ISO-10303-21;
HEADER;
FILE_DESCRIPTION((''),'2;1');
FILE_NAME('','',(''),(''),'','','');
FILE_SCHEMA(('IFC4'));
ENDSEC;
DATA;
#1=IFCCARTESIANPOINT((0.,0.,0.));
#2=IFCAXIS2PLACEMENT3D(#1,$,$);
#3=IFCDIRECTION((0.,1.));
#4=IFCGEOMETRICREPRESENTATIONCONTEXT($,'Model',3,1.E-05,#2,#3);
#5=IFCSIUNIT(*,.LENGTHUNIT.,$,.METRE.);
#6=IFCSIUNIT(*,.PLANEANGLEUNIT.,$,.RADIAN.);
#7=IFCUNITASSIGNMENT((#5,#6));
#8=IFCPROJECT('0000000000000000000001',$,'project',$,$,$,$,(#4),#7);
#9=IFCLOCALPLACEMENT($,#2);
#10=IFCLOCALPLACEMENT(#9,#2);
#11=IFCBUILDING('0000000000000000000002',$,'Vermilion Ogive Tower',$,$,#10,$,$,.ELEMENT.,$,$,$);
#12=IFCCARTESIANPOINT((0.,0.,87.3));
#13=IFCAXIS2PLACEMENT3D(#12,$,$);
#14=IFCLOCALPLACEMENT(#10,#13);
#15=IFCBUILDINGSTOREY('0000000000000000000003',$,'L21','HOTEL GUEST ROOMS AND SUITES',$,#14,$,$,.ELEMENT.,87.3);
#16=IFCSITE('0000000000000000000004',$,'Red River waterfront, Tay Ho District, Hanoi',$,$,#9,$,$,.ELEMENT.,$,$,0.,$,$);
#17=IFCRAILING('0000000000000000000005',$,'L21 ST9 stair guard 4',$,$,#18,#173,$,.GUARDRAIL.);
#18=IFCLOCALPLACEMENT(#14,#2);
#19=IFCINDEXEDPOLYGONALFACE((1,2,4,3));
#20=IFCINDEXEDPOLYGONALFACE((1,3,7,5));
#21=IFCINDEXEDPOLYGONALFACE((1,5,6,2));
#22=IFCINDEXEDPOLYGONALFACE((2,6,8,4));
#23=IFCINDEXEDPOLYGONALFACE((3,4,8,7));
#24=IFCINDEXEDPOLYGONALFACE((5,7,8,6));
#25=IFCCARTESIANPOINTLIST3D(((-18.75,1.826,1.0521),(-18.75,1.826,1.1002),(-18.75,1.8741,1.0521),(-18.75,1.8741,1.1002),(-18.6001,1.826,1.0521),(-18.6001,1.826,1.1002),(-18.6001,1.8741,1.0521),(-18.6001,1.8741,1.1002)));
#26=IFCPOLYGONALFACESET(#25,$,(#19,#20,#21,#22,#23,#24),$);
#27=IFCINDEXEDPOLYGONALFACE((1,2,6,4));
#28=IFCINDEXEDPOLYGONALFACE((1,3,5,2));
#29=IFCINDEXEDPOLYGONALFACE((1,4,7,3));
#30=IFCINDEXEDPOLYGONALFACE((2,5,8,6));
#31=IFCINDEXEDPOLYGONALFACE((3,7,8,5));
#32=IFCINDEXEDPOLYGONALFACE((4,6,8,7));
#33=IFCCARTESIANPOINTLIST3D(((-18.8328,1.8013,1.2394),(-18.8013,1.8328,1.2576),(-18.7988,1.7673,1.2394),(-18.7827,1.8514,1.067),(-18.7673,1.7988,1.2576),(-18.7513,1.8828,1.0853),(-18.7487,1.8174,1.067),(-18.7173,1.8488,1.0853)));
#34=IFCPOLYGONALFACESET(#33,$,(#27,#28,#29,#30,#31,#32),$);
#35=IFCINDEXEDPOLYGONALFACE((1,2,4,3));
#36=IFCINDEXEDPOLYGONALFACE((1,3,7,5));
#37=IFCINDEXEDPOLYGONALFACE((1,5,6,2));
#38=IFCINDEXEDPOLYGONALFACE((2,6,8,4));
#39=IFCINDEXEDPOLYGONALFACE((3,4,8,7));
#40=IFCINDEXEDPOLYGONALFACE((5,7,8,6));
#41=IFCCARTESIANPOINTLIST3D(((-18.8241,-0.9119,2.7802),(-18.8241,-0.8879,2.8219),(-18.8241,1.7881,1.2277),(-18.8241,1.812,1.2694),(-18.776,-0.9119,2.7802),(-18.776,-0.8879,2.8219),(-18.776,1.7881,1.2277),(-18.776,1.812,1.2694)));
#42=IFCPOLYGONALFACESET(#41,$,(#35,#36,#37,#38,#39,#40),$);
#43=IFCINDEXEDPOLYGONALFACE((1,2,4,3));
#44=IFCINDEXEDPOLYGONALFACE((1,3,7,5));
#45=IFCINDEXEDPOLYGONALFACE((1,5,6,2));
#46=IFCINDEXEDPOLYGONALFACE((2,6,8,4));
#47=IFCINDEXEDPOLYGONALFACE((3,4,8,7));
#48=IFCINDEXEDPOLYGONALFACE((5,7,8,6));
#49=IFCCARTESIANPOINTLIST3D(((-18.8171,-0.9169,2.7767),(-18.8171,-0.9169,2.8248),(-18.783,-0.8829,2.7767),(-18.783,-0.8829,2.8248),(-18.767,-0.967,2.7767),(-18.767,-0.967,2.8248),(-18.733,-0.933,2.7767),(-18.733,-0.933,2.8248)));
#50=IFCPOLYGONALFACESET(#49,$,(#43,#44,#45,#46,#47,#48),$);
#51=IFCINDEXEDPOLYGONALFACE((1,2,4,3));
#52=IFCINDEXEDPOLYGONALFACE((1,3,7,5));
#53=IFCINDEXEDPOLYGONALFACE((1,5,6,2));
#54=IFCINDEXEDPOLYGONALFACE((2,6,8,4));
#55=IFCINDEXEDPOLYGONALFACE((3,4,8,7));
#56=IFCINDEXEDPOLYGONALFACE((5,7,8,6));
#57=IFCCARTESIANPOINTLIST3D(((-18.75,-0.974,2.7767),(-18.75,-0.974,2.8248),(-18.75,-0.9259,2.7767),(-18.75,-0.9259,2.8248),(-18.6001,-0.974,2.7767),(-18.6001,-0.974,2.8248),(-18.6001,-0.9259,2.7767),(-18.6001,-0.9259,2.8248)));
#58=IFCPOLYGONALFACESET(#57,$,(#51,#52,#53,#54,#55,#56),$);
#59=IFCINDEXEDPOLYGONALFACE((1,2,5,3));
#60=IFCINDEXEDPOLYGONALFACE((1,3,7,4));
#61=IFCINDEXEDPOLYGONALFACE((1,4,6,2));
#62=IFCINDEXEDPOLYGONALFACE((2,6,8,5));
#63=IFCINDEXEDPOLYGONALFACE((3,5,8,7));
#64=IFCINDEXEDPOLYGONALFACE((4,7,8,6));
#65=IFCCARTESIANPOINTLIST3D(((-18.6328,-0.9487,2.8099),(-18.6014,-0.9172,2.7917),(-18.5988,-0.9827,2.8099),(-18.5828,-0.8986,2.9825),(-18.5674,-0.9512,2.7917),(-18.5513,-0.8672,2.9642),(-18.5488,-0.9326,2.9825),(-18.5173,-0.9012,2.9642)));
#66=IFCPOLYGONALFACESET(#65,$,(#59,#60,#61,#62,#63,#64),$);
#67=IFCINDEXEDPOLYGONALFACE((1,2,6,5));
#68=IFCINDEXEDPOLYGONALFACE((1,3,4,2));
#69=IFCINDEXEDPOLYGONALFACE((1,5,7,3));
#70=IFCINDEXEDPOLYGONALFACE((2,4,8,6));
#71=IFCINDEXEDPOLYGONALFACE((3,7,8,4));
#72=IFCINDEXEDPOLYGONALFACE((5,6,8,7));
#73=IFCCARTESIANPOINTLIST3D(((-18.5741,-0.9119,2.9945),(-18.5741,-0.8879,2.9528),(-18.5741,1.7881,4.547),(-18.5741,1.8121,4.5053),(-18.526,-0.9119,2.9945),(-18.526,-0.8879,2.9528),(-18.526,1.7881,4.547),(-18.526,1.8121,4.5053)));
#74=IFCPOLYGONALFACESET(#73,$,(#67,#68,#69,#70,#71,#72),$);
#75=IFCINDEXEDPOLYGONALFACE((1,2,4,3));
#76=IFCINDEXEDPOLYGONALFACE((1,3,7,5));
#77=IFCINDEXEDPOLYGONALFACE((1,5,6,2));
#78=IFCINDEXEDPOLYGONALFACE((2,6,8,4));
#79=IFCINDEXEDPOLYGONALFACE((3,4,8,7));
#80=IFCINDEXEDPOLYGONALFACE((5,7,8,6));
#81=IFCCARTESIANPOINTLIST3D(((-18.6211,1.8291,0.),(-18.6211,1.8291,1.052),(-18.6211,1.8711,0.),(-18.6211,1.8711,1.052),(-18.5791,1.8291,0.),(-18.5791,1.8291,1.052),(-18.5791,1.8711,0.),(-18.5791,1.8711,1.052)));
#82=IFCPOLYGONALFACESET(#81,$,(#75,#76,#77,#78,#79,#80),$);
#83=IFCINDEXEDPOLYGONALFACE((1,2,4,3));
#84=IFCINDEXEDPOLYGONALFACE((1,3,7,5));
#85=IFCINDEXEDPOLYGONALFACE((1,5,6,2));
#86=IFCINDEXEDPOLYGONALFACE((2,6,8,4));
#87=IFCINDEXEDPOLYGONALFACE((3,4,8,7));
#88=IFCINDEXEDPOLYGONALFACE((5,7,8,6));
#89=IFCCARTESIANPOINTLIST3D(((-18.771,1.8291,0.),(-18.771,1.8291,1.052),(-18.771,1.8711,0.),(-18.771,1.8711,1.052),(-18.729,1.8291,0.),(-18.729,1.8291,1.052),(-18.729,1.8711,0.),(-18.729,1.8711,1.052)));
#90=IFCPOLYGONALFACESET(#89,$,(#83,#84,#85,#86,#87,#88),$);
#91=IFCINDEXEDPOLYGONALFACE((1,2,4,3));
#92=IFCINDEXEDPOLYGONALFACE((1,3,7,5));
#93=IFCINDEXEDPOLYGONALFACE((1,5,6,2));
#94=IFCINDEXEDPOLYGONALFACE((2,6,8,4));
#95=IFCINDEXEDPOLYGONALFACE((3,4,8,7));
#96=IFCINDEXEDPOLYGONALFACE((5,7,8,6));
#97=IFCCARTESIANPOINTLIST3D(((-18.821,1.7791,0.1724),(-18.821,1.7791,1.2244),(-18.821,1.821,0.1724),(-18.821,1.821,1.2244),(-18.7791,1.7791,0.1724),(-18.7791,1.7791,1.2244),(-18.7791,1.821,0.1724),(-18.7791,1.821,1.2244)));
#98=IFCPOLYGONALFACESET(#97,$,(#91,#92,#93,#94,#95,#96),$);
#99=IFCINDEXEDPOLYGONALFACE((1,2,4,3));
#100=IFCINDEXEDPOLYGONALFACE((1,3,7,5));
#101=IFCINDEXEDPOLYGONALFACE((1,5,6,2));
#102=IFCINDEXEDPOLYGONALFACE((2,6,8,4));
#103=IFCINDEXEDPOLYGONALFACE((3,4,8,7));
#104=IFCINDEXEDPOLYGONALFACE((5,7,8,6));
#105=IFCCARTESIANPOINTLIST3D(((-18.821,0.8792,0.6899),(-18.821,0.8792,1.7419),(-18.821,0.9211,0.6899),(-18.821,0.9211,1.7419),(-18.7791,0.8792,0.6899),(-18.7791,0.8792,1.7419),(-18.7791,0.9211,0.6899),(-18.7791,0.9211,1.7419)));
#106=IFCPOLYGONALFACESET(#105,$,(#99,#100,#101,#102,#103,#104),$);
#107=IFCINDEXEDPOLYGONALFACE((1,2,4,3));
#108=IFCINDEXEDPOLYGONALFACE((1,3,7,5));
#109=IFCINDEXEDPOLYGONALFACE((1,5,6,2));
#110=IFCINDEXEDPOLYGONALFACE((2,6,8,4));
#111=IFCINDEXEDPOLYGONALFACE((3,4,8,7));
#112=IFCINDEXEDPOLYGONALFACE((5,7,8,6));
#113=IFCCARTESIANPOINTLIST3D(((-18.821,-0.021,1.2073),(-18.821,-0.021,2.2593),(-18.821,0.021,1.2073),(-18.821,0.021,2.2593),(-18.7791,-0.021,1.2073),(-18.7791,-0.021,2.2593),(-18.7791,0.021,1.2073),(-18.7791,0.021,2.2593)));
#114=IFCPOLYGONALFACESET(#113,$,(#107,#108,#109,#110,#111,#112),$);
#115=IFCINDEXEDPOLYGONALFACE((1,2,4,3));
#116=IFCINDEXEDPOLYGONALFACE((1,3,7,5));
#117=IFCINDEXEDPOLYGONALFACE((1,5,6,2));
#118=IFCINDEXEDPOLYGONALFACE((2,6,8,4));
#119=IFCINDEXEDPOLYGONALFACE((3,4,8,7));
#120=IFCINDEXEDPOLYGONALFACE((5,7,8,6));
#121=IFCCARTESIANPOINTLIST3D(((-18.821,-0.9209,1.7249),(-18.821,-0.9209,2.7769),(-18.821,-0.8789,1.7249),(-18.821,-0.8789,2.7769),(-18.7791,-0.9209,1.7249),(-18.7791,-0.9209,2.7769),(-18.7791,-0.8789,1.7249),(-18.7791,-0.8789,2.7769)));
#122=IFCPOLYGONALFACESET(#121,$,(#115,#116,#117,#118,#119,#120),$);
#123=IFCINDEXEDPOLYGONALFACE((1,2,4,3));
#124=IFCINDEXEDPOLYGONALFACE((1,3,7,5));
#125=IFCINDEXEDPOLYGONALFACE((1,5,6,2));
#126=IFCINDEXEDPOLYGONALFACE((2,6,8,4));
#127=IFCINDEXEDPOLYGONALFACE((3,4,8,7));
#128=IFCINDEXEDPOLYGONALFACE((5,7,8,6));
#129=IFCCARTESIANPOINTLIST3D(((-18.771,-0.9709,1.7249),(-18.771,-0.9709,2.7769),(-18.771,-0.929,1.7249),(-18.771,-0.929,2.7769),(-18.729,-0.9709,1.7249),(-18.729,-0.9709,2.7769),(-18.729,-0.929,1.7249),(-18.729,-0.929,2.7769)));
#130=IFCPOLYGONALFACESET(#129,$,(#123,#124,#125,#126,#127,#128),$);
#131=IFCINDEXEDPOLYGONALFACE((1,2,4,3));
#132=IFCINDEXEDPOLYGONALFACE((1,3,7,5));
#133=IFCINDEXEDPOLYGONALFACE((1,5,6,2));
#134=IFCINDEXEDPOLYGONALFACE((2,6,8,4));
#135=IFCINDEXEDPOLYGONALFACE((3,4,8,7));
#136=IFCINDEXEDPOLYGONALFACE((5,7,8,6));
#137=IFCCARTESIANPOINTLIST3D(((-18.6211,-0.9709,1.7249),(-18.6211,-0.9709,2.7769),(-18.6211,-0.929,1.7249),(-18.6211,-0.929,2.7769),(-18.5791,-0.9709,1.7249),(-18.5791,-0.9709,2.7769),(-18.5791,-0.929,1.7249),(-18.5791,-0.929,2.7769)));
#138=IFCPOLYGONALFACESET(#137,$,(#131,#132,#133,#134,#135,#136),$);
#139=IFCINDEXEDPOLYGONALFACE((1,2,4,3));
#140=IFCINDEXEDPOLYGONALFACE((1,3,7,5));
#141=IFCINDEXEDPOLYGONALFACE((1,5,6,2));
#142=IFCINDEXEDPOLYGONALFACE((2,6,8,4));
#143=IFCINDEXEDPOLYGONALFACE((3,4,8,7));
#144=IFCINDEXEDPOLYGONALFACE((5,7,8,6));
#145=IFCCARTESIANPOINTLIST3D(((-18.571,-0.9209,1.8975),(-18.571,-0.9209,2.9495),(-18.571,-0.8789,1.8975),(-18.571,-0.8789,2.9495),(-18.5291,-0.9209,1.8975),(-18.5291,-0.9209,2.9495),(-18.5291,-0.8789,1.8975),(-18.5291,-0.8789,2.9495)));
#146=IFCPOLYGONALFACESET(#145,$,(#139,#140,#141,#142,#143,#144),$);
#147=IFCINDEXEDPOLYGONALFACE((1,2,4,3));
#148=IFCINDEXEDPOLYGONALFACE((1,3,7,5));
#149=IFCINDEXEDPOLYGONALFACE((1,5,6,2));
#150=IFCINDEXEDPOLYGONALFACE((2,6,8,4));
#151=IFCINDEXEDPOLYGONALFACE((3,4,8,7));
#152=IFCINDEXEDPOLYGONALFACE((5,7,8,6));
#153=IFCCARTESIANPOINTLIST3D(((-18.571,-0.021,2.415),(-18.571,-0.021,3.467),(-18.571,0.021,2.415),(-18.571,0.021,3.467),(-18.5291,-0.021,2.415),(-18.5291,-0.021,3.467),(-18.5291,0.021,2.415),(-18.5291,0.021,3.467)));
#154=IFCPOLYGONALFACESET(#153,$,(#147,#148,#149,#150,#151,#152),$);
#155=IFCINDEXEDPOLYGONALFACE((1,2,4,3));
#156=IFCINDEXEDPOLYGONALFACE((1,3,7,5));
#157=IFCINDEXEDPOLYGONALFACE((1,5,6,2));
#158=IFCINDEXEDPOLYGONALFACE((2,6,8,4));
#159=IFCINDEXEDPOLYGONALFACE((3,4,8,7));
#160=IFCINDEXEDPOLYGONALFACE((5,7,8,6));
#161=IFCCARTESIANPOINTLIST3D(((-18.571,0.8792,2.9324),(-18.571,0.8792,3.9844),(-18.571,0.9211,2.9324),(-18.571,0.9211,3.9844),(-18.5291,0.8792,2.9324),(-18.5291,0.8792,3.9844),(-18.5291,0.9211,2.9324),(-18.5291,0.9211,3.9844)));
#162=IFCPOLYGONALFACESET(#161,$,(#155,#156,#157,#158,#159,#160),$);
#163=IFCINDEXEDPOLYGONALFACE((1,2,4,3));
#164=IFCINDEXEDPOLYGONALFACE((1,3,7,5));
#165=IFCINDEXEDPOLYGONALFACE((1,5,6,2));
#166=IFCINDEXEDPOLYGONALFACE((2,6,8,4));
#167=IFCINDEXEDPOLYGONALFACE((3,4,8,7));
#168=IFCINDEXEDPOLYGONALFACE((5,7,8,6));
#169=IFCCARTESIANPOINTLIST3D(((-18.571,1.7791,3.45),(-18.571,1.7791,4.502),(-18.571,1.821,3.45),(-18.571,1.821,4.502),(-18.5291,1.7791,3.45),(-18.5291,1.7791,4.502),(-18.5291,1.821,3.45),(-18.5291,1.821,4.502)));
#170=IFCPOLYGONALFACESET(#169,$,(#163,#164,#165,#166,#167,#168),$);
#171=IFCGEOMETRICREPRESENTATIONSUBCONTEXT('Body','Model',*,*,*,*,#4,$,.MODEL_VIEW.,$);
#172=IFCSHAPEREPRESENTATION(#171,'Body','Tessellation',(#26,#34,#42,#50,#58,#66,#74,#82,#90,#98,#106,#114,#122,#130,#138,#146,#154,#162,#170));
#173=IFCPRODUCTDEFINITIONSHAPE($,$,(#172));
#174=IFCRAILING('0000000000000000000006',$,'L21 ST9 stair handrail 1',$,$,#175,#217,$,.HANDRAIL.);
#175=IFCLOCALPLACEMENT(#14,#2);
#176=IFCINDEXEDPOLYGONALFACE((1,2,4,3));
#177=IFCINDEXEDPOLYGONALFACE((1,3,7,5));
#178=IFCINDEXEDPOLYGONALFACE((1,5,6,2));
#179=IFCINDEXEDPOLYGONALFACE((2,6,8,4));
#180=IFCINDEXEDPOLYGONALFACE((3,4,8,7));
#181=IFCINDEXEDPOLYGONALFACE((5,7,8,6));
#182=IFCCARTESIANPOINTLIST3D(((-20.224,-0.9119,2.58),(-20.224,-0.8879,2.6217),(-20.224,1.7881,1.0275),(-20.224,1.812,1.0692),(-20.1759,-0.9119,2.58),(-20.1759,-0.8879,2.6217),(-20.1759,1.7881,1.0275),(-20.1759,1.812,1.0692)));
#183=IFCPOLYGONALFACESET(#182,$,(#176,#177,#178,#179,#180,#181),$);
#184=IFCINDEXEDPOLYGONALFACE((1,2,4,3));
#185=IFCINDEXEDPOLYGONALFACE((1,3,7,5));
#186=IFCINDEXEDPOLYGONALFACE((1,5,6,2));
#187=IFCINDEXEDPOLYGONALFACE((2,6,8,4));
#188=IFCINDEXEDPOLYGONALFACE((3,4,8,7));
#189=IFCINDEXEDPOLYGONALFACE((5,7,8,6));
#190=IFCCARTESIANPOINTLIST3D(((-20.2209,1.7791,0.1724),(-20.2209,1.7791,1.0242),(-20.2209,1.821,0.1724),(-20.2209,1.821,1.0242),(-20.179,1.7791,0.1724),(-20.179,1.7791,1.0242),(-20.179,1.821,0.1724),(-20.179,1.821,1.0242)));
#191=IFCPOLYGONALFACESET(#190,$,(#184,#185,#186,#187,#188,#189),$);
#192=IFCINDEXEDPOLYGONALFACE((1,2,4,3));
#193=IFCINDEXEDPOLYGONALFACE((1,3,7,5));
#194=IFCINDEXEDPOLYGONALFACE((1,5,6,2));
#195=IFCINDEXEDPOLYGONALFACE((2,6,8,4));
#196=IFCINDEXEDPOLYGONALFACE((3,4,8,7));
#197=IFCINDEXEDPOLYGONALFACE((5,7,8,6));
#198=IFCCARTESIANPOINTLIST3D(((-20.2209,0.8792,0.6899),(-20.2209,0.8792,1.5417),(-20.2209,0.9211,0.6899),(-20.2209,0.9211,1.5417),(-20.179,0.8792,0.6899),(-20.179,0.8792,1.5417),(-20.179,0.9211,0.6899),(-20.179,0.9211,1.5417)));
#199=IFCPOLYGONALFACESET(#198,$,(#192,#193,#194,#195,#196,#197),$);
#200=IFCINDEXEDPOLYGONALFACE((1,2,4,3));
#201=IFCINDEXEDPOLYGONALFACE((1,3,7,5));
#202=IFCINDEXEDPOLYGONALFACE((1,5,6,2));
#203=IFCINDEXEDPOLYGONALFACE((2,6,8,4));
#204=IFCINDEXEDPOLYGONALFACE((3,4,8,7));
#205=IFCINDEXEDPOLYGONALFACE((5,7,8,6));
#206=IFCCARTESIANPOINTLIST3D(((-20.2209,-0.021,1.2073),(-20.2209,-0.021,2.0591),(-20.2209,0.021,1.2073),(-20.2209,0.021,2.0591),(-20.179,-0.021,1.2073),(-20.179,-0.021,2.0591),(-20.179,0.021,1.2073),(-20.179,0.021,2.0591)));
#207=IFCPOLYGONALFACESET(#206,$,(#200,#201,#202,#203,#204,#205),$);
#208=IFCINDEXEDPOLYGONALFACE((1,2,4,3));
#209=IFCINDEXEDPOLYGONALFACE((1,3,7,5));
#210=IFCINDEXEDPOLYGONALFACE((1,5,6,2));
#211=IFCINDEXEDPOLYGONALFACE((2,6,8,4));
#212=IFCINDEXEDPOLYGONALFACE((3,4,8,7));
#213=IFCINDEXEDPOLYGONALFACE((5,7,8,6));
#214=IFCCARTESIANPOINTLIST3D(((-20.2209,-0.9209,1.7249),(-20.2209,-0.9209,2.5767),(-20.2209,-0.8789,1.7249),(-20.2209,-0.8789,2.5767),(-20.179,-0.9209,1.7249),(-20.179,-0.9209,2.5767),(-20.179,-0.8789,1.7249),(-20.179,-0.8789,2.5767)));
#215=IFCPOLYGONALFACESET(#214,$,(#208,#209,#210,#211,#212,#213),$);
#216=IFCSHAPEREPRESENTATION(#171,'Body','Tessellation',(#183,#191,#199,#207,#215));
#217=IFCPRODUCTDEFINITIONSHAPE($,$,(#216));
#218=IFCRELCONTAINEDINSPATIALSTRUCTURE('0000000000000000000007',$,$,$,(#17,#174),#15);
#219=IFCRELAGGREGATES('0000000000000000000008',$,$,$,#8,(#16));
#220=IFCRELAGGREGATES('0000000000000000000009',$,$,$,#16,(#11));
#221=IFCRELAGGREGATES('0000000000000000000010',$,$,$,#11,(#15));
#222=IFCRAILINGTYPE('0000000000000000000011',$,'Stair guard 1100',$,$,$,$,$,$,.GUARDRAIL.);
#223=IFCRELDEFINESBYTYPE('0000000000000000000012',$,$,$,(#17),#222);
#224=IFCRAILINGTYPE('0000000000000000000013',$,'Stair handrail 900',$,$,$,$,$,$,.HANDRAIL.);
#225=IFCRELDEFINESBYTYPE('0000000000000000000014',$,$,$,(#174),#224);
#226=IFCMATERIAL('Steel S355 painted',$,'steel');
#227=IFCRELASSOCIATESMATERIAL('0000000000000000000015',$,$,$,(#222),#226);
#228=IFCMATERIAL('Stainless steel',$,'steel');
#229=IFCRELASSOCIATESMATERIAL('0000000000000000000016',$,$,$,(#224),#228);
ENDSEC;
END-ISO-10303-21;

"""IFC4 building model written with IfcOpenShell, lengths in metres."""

from ifc_helpers import new_model, si_unit, direction, frame, origin, origin_2d, place, context, subcontext, project, spatial, rectangle, extrude, material, type_object, element, save


model = new_model("IFC4")

# Units and contexts
model_context = context("Model", 3, precision=1e-05, world=origin(), true_north=direction((0.0, 1.0)))
body_context = subcontext(model_context, "Body", "Model", "MODEL_VIEW")
ifc_project = project(units=[si_unit("LENGTHUNIT", "METRE"), si_unit("PLANEANGLEUNIT", "RADIAN")], contexts=[model_context])

# Site, building, storey
site_placement = place(None, origin())
site = spatial("IfcSite", under=ifc_project, at=site_placement, Name="Red River waterfront, Tay Ho District, Hanoi", CompositionType="ELEMENT", RefElevation=0.0)
building_placement = place(site_placement, origin())
building = spatial("IfcBuilding", under=site, at=building_placement, Name="Vermilion Ogive Tower", CompositionType="ELEMENT")
storey_placement = place(building_placement, frame((0.0, 0.0, 87.3)))
storey = spatial("IfcBuildingStorey", under=building, at=storey_placement, Name="L21", Description="HOTEL GUEST ROOMS AND SUITES", CompositionType="ELEMENT", Elevation=87.3)

# Railings
ifc_material_1 = material(Name="Steel S355 painted", Category="steel")
railing_type_1 = type_object("IfcRailingType", Name="Stair guard 1100", PredefinedType="GUARDRAIL", material=ifc_material_1)
railing_1_placement = place(storey_placement, frame((-18.6001, 1.8501, 0.0)))
element("IfcRailing", 1, at=railing_1_placement, inside=storey, type_object=railing_type_1, Name="L21 ST9 stair guard 4", PredefinedType="GUARDRAIL", context=body_context, shape_type="SweptSolid", body=[
    extrude(rectangle(XDim=0.0481, YDim=0.0481, at=origin_2d()), frame((0.0, 0.0, 1.0762), z_axis=(-1.0, 0.0, 0.0), x_axis=(0.0, -1.0, 0.0)), (0.0, 0.0, 1.0), 0.1499),
    extrude(rectangle(XDim=0.0481, YDim=0.0481, at=origin_2d()), frame((-0.1499, 0.0, 1.0762), z_axis=(-0.268603, -0.268603, 0.925043), x_axis=(0.707107, -0.707107, 0.0)), (0.0, 0.0, 1.0), 0.1863),
    extrude(rectangle(XDim=0.0481, YDim=0.0481, at=origin_2d()), frame((-0.2, -0.05, 1.2485), z_axis=(0.0, -0.866904, 0.498476), x_axis=(1.0, 0.0, 0.0)), (0.0, 0.0, 1.0), 3.1145),
    extrude(rectangle(XDim=0.0481, YDim=0.0481, at=origin_2d()), frame((-0.2, -2.75, 2.8008), z_axis=(0.707107, -0.707107, 0.0), x_axis=(0.707107, 0.707107, 0.0)), (0.0, 0.0, 1.0), 0.0708),
    extrude(rectangle(XDim=0.0481, YDim=0.0481, at=origin_2d()), frame((-0.1499, -2.8, 2.8008), z_axis=(1.0, 0.0, 0.0), x_axis=(0.0, 1.0, 0.0)), (0.0, 0.0, 1.0), 0.1499),
    extrude(rectangle(XDim=0.0481, YDim=0.0481, at=origin_2d()), frame((0.0, -2.8, 2.8008), z_axis=(0.268278, 0.268278, 0.925232), x_axis=(-0.707107, 0.707107, 0.0)), (0.0, 0.0, 1.0), 0.1865),
    extrude(rectangle(XDim=0.0481, YDim=0.0481, at=origin_2d()), frame((0.05, -2.75, 2.9736), z_axis=(0.0, 0.866904, 0.498476), x_axis=(-1.0, 0.0, 0.0)), (0.0, 0.0, 1.0), 3.1145),
    extrude(rectangle(XDim=0.042, YDim=0.042, at=origin_2d()), origin(), (0.0, 0.0, 1.0), 1.052),
    extrude(rectangle(XDim=0.042, YDim=0.042, at=origin_2d()), frame((-0.1499, 0.0, 0.0)), (0.0, 0.0, 1.0), 1.052),
    extrude(rectangle(XDim=0.042, YDim=0.042, at=origin_2d()), frame((-0.2, -0.05, 0.1724)), (0.0, 0.0, 1.0), 1.052),
    extrude(rectangle(XDim=0.042, YDim=0.042, at=origin_2d()), frame((-0.2, -0.95, 0.6899)), (0.0, 0.0, 1.0), 1.052),
    extrude(rectangle(XDim=0.042, YDim=0.042, at=origin_2d()), frame((-0.2, -1.8501, 1.2073)), (0.0, 0.0, 1.0), 1.052),
    extrude(rectangle(XDim=0.042, YDim=0.042, at=origin_2d()), frame((-0.2, -2.75, 1.7249)), (0.0, 0.0, 1.0), 1.052),
    extrude(rectangle(XDim=0.042, YDim=0.042, at=origin_2d()), frame((-0.1499, -2.8, 1.7249)), (0.0, 0.0, 1.0), 1.052),
    extrude(rectangle(XDim=0.042, YDim=0.042, at=origin_2d()), frame((0.0, -2.8, 1.7249)), (0.0, 0.0, 1.0), 1.052),
    extrude(rectangle(XDim=0.042, YDim=0.042, at=origin_2d()), frame((0.05, -2.75, 1.8975)), (0.0, 0.0, 1.0), 1.052),
    extrude(rectangle(XDim=0.042, YDim=0.042, at=origin_2d()), frame((0.05, -1.8501, 2.415)), (0.0, 0.0, 1.0), 1.052),
    extrude(rectangle(XDim=0.042, YDim=0.042, at=origin_2d()), frame((0.05, -0.95, 2.9324)), (0.0, 0.0, 1.0), 1.052),
    extrude(rectangle(XDim=0.042, YDim=0.042, at=origin_2d()), frame((0.05, -0.05, 3.45)), (0.0, 0.0, 1.0), 1.052),
])
ifc_material_2 = material(Name="Stainless steel", Category="steel")
railing_type_2 = type_object("IfcRailingType", Name="Stair handrail 900", PredefinedType="HANDRAIL", material=ifc_material_2)
railing_2_placement = place(storey_placement, frame((-20.2, 1.8, 0.1724)))
element("IfcRailing", 2, at=railing_2_placement, inside=storey, type_object=railing_type_2, Name="L21 ST9 stair handrail 1", PredefinedType="HANDRAIL", context=body_context, shape_type="SweptSolid", body=[
    extrude(rectangle(XDim=0.0481, YDim=0.0481, at=origin_2d()), frame((0.0, 0.0, 0.876), z_axis=(0.0, -0.866904, 0.498476), x_axis=(1.0, 0.0, 0.0)), (0.0, 0.0, 1.0), 3.1145),
    extrude(rectangle(XDim=0.042, YDim=0.042, at=origin_2d()), origin(), (0.0, 0.0, 1.0), 0.8518),
    extrude(rectangle(XDim=0.042, YDim=0.042, at=origin_2d()), frame((0.0, -0.8999, 0.5176)), (0.0, 0.0, 1.0), 0.8518),
    extrude(rectangle(XDim=0.042, YDim=0.042, at=origin_2d()), frame((0.0, -1.8, 1.0349)), (0.0, 0.0, 1.0), 0.8518),
    extrude(rectangle(XDim=0.042, YDim=0.042, at=origin_2d()), frame((0.0, -2.7, 1.5525)), (0.0, 0.0, 1.0), 0.8518),
])

save(model, "model.ifc")
